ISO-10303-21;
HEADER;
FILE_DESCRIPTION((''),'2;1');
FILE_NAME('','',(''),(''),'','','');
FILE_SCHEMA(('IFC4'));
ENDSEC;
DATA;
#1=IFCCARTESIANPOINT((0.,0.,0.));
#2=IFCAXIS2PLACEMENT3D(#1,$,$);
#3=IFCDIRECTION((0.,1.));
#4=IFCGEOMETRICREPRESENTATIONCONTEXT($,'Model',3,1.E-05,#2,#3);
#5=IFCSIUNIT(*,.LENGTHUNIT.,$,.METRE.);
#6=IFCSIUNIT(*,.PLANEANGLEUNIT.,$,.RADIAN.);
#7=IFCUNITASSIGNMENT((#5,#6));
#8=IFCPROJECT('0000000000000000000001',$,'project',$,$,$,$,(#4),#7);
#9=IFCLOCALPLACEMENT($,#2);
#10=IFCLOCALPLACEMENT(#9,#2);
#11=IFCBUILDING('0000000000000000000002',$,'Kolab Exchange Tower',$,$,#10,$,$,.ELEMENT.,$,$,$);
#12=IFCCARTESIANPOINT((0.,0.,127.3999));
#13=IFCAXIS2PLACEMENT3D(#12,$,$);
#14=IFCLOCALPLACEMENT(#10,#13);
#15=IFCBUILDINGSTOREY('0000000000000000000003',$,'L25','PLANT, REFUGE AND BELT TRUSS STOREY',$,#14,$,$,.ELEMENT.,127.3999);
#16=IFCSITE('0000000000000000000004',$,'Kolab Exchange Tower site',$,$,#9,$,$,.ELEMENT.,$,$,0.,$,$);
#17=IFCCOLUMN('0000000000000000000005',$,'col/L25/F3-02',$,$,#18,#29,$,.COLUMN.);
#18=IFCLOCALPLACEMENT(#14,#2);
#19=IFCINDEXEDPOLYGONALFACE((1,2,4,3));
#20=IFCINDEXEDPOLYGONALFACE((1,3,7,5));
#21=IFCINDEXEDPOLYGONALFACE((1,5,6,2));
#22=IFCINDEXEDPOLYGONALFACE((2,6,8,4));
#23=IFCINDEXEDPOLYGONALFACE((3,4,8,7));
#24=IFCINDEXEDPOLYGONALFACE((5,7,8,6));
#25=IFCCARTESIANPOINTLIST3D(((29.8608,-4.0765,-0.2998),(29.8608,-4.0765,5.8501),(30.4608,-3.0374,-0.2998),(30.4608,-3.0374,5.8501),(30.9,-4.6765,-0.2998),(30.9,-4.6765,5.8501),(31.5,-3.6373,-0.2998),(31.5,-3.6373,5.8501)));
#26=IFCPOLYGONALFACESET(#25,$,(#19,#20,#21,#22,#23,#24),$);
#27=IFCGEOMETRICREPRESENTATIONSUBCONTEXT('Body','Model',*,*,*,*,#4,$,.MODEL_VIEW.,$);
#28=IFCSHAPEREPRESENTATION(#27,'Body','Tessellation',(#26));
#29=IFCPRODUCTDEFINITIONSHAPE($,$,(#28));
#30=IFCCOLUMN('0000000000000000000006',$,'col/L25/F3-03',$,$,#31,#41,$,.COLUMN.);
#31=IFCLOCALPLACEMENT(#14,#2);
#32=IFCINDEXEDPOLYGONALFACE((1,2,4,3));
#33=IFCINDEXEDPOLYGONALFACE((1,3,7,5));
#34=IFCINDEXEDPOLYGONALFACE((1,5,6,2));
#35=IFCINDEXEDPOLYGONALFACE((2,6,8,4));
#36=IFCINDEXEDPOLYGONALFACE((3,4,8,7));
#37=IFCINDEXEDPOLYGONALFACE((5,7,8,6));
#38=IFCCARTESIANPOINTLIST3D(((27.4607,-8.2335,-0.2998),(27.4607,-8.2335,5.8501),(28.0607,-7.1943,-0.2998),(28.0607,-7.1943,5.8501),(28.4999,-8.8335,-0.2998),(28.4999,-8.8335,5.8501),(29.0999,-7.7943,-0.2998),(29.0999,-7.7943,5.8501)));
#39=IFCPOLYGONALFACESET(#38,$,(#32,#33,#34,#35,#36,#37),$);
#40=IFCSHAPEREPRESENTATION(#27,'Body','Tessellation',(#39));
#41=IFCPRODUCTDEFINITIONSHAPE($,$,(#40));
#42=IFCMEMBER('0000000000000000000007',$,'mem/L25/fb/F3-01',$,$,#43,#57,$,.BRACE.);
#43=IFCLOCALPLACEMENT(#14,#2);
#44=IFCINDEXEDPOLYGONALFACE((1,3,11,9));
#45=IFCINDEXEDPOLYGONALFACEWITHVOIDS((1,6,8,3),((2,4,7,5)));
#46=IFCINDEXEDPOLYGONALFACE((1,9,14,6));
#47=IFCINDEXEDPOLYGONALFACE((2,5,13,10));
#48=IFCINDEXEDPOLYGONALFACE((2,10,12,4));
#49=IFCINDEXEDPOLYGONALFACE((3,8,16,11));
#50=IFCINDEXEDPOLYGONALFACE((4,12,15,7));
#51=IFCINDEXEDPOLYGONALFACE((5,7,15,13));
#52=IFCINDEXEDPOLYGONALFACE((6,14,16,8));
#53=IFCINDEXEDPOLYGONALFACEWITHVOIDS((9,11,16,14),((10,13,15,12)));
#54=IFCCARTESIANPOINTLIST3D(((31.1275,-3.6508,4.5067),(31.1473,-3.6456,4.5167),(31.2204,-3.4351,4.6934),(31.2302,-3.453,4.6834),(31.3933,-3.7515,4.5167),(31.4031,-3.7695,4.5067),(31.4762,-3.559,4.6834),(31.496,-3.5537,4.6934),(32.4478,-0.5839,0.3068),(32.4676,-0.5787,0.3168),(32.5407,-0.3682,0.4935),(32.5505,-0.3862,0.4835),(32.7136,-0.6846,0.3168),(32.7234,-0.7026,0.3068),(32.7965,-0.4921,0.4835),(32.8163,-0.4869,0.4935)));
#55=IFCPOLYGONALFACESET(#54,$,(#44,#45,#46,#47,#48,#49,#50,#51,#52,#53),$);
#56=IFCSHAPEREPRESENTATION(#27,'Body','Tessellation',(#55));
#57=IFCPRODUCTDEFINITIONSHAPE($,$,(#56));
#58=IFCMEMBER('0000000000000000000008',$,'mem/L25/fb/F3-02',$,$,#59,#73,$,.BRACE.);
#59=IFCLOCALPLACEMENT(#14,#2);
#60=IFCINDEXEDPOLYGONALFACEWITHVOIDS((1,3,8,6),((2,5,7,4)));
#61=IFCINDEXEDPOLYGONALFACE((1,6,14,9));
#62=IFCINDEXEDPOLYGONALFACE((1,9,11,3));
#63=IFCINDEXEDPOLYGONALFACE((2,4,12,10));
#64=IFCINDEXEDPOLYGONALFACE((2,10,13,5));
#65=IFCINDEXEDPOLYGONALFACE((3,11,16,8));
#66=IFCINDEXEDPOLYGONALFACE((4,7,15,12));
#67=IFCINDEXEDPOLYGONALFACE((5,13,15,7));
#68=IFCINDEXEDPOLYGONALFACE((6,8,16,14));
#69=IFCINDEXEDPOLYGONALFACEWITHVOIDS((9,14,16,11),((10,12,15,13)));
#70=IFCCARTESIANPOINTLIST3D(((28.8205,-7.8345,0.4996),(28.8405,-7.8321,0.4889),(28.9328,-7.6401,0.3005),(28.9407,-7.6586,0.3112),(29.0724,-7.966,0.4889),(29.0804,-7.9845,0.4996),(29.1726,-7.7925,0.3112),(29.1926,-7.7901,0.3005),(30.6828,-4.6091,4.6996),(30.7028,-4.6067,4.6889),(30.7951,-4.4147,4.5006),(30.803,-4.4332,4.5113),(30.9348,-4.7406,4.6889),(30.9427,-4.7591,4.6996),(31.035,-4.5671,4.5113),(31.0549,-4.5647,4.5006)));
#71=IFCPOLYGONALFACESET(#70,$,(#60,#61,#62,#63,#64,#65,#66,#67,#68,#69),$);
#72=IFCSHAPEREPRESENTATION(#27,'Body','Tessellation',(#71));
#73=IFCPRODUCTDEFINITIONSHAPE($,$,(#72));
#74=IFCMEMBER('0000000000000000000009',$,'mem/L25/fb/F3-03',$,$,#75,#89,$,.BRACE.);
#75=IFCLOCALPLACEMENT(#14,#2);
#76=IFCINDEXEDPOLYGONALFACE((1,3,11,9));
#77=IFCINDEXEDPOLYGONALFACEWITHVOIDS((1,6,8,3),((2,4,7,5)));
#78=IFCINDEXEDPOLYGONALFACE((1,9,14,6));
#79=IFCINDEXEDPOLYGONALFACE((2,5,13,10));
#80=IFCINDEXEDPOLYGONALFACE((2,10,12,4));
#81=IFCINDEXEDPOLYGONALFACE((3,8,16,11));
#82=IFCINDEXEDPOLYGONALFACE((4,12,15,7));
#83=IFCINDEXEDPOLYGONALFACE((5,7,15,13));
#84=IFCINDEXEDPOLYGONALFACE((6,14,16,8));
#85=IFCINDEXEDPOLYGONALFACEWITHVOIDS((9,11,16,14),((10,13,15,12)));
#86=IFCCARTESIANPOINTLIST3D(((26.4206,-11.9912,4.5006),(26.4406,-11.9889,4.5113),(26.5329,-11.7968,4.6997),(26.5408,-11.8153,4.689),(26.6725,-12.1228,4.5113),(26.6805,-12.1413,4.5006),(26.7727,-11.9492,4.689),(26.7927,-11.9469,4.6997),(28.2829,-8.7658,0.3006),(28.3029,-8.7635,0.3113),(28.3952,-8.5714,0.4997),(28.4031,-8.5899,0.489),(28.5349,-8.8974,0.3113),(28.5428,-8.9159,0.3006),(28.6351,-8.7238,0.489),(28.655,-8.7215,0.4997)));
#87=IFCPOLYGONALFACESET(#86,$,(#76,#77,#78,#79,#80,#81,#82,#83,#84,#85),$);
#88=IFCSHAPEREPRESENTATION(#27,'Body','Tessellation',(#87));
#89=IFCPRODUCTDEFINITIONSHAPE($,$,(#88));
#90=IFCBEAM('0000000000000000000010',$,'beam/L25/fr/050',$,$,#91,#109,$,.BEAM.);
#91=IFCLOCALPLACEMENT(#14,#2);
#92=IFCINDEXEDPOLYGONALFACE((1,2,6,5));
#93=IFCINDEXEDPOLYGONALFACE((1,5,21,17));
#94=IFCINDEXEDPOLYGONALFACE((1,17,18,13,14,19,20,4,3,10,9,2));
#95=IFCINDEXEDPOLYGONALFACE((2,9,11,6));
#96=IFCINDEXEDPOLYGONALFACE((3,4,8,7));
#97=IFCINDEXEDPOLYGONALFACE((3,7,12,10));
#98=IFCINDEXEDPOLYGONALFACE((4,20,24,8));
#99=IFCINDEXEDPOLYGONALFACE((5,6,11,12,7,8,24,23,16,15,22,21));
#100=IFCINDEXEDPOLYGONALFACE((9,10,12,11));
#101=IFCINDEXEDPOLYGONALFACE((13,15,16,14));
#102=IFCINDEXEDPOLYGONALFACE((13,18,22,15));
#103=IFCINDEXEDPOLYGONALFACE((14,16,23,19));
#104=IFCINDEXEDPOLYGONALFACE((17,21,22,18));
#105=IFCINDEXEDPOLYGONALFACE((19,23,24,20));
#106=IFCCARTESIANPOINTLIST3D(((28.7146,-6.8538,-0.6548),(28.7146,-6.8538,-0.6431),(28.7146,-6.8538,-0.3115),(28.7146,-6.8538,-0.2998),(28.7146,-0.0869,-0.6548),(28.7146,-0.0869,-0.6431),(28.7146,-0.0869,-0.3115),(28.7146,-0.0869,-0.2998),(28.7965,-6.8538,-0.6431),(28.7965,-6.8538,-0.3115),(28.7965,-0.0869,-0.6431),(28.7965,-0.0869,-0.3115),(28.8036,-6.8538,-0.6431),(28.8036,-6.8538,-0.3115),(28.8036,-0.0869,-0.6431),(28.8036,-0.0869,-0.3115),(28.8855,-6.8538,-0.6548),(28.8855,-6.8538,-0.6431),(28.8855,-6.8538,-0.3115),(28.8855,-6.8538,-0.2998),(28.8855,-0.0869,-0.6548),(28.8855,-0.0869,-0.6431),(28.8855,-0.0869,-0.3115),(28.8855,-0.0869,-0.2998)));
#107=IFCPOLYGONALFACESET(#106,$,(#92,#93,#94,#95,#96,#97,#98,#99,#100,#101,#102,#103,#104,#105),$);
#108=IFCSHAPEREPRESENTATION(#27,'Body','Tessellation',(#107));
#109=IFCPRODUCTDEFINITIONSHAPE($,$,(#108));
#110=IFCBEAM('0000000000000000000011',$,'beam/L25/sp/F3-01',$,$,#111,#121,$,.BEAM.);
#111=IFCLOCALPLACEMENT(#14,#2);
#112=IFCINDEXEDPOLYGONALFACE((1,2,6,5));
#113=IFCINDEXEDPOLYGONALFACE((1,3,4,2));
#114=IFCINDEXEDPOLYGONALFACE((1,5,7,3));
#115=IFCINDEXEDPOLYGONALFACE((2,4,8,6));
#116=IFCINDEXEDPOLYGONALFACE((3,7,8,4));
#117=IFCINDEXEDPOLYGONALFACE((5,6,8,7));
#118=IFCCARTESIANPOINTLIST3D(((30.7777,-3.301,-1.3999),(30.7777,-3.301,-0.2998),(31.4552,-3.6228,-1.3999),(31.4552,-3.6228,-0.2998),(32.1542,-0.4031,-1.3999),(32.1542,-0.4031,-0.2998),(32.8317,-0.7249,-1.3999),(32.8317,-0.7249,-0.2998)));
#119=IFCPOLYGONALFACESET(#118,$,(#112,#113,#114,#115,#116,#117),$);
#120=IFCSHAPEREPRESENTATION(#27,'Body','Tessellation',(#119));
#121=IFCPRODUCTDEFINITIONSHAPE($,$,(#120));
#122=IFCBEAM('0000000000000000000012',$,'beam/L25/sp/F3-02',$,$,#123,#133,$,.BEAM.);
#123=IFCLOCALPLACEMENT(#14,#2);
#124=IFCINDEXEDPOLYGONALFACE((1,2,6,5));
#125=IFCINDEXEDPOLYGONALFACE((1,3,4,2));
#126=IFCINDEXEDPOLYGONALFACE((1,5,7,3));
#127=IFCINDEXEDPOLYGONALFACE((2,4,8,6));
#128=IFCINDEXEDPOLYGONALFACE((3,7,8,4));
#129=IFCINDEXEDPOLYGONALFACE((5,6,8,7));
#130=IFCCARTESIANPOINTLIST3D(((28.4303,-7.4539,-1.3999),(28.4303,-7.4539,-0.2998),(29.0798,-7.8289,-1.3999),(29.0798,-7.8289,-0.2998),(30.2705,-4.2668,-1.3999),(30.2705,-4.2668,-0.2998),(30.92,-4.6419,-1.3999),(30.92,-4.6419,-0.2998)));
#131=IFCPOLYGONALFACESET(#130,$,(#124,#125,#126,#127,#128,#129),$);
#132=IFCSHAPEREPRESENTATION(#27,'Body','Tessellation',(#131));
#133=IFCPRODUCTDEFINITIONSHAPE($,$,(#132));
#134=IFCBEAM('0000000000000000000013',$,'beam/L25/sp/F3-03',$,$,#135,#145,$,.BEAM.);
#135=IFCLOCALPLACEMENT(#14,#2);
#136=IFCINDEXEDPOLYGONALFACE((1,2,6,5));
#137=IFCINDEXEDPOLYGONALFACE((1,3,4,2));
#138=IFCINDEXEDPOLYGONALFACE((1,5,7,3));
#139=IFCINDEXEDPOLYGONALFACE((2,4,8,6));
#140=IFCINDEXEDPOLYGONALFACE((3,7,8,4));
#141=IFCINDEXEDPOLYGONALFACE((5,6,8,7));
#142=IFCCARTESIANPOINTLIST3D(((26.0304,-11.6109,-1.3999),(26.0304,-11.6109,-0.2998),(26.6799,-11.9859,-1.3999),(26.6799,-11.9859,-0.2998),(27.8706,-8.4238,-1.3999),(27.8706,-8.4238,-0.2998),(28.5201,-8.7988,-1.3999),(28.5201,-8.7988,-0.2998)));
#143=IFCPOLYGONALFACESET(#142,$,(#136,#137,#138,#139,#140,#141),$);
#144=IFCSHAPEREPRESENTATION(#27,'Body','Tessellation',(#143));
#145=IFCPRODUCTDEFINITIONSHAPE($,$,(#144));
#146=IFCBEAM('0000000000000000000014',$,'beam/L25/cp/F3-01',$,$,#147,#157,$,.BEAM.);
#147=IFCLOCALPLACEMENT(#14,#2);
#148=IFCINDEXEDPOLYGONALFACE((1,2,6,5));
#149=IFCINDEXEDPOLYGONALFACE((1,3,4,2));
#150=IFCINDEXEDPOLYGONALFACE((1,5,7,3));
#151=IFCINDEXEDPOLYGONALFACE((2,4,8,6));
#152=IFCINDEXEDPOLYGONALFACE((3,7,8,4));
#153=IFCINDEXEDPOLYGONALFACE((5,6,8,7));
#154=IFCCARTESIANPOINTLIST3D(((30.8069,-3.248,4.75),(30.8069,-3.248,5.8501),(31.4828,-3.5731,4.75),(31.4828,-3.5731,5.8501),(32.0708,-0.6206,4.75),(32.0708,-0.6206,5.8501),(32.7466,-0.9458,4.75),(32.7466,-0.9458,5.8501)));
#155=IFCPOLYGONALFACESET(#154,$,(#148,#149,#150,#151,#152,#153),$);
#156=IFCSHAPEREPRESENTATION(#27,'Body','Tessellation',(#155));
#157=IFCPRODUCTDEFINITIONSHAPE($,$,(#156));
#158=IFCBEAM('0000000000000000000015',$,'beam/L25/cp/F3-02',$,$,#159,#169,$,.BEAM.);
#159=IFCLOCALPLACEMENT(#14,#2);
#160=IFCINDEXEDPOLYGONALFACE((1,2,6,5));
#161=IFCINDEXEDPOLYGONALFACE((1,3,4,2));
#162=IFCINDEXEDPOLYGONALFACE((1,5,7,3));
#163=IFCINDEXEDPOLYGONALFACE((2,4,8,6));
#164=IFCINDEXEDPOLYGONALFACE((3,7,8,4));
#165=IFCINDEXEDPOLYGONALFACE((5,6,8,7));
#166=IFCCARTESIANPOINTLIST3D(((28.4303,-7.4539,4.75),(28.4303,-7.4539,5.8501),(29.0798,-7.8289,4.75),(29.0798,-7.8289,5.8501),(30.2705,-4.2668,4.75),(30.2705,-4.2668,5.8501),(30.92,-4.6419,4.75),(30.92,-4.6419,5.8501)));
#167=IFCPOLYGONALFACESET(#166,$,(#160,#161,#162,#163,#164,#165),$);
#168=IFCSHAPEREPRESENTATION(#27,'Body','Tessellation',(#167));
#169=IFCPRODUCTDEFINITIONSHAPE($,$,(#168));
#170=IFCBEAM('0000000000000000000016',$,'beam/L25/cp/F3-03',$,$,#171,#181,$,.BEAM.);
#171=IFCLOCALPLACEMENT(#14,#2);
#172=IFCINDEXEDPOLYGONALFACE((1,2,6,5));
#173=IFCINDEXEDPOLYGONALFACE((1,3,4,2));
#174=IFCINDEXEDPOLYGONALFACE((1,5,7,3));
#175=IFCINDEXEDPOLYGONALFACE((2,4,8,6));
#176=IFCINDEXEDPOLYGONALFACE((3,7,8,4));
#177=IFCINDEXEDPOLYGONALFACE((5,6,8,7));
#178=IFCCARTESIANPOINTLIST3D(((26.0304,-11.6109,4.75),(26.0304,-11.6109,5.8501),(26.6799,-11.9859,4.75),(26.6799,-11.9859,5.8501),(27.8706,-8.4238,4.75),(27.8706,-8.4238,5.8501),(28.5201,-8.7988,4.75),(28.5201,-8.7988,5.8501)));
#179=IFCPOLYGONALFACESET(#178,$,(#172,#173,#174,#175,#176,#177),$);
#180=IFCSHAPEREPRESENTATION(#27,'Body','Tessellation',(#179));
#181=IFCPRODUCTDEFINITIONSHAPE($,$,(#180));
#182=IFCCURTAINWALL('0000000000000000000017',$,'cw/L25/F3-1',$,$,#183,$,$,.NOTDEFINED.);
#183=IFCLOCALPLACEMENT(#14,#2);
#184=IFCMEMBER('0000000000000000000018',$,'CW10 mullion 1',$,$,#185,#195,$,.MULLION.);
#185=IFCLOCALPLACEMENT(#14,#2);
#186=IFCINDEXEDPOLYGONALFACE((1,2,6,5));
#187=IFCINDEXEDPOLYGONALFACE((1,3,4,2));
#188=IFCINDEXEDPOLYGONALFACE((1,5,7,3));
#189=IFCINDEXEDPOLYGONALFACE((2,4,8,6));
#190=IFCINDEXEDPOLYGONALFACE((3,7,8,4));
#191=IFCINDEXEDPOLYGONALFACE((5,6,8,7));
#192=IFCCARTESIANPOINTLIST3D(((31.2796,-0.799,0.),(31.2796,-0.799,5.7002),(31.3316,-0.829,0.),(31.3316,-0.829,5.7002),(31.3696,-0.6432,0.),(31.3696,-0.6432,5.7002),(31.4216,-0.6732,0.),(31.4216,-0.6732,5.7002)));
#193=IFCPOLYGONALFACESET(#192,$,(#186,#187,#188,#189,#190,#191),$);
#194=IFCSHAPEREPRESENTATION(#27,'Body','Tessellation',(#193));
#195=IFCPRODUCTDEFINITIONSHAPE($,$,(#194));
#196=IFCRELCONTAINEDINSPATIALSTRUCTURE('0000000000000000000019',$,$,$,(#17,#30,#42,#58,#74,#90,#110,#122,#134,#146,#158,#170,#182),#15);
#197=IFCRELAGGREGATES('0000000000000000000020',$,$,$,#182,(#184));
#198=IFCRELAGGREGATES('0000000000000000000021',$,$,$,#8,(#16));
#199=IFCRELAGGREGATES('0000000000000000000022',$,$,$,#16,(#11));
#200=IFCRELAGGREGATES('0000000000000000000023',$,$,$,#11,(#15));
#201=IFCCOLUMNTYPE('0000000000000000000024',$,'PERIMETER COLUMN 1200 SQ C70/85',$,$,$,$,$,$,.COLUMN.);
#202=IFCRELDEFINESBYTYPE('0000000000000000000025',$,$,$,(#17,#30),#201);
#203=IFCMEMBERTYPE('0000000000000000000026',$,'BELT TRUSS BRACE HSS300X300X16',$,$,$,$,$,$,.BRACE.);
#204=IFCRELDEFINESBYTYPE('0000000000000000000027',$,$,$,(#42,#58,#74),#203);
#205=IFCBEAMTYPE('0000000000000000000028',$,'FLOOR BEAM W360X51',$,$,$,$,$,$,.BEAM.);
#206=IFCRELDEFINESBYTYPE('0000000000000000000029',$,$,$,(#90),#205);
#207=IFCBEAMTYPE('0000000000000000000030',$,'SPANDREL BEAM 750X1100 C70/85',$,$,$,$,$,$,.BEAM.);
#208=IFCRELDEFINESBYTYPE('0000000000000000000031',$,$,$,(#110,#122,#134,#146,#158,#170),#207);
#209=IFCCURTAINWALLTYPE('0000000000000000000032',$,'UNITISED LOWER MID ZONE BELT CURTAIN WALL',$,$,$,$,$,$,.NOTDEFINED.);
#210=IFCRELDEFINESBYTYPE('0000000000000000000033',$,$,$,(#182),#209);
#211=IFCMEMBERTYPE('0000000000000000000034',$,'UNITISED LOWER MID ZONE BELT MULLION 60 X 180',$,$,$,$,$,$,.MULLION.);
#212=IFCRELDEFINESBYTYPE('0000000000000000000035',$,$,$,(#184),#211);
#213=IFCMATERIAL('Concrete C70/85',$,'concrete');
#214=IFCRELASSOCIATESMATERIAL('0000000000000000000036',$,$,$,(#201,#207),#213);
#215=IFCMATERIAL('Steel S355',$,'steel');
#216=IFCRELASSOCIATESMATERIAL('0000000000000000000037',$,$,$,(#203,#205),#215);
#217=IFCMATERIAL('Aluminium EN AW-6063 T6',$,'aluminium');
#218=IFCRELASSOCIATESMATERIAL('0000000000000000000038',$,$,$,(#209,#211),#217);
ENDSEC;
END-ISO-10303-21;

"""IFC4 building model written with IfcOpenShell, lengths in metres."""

from ifc_helpers import new_model, si_unit, direction, frame, origin, origin_2d, place, context, subcontext, project, spatial, rectangle, hollow_rectangle, i_section, extrude, material, material_profile, profile_set, type_object, element, aggregate, save


model = new_model("IFC4")

# Units and contexts
model_context = context("Model", 3, precision=1e-05, world=origin(), true_north=direction((0.0, 1.0)))
body_context = subcontext(model_context, "Body", "Model", "MODEL_VIEW")
ifc_project = project(units=[si_unit("LENGTHUNIT", "METRE"), si_unit("PLANEANGLEUNIT", "RADIAN")], contexts=[model_context])

# Site, building, storey
site_placement = place(None, origin())
site = spatial("IfcSite", under=ifc_project, at=site_placement, Name="Kolab Exchange Tower site", CompositionType="ELEMENT", RefElevation=0.0)
building_placement = place(site_placement, origin())
building = spatial("IfcBuilding", under=site, at=building_placement, Name="Kolab Exchange Tower", CompositionType="ELEMENT")
storey_placement = place(building_placement, frame((0.0, 0.0, 127.3999)))
storey = spatial("IfcBuildingStorey", under=building, at=storey_placement, Name="L25", Description="PLANT, REFUGE AND BELT TRUSS STOREY", CompositionType="ELEMENT", Elevation=127.3999)

# Columns
ifc_material_1 = material(Name="Concrete C70/85", Category="concrete")
ifc_material_profile_1 = material_profile(ifc_material_1, rectangle(XDim=1.2, YDim=1.2, at=origin_2d()), Name="RC1200")
ifc_profile_set_1 = profile_set([ifc_material_profile_1], Name="Concrete C70/85")
column_type = type_object("IfcColumnType", Name="PERIMETER COLUMN 1200 SQ C70/85", PredefinedType="COLUMN", material=ifc_profile_set_1)
for number, where, z_axis, x_axis, name in (
    (1, (30.6804, -3.8569, -0.2998), (0.0, 0.0, 1.0), (0.5, 0.866025, 0.0), "col/L25/F3-02"),
    (2, (28.2803, -8.0139, -0.2998), (0.0, 0.0, 1.0), (0.5, 0.866025, 0.0), "col/L25/F3-03"),
):
    element("IfcColumn", number, at=place(storey_placement, frame(where, z_axis=z_axis, x_axis=x_axis)), inside=storey, type_object=column_type, Name=name, PredefinedType="COLUMN", context=body_context, shape_type="SweptSolid", body=[
        extrude(rectangle(XDim=1.2, YDim=1.2, at=origin_2d()), origin(), (0.0, 0.0, 1.0), 6.1499),
    ])

# Members
ifc_material_2 = material(Name="Steel S355", Category="steel")
ifc_material_profile_2 = material_profile(ifc_material_2, hollow_rectangle(XDim=0.3, YDim=0.3, WallThickness=0.0161, at=origin_2d()), Name="HSS300X300X16")
ifc_profile_set_2 = profile_set([ifc_material_profile_2], Name="Steel S355")
member_type_1 = type_object("IfcMemberType", Name="BELT TRUSS BRACE HSS300X300X16", PredefinedType="BRACE", material=ifc_profile_set_2)
member_1_placement = place(storey_placement, frame((32.6321, -0.5354, 0.4001), z_axis=(-0.246074, -0.571595, 0.782769), x_axis=(0.918501, -0.395419, 0.0)))
element("IfcMember", 3, at=member_1_placement, inside=storey, type_object=member_type_1, Name="mem/L25/fb/F3-01", PredefinedType="BRACE", context=body_context, shape_type="SweptSolid", body=[
    extrude(hollow_rectangle(XDim=0.3, YDim=0.3, WallThickness=0.0161, at=origin_2d()), origin(), (0.0, 0.0, 1.0), 5.3655),
])
for number, where, z_axis, x_axis, name in (
    (4, (30.8689, -4.5869, 4.6001), (-0.331759, -0.574576, -0.748197), (0.866008, -0.500031, 0.0), "mem/L25/fb/F3-02"),
    (5, (28.469, -8.7437, 0.4001), (-0.331759, -0.574576, 0.748197), (0.866008, -0.500031, 0.0), "mem/L25/fb/F3-03"),
):
    element("IfcMember", number, at=place(storey_placement, frame(where, z_axis=z_axis, x_axis=x_axis)), inside=storey, type_object=member_type_1, Name=name, PredefinedType="BRACE", context=body_context, shape_type="SweptSolid", body=[
        extrude(hollow_rectangle(XDim=0.3, YDim=0.3, WallThickness=0.0161, at=origin_2d()), origin(), (0.0, 0.0, 1.0), 5.6135),
    ])

# Beams
ifc_material_profile_3 = material_profile(ifc_material_2, i_section(OverallWidth=0.1709, OverallDepth=0.355, WebThickness=0.0071, FlangeThickness=0.0117, at=origin_2d()), Name="W360X51")
ifc_profile_set_3 = profile_set([ifc_material_profile_3], Name="Steel S355")
beam_type_1 = type_object("IfcBeamType", Name="FLOOR BEAM W360X51", PredefinedType="BEAM", material=ifc_profile_set_3)
beam_1_placement = place(storey_placement, frame((28.8, -6.8538, -0.4773), z_axis=(0.0, 1.0, 0.0), x_axis=(-1.0, 0.0, 0.0)))
element("IfcBeam", 6, at=beam_1_placement, inside=storey, type_object=beam_type_1, Name="beam/L25/fr/050", PredefinedType="BEAM", context=body_context, shape_type="SweptSolid", body=[
    extrude(i_section(OverallWidth=0.1709, OverallDepth=0.355, WebThickness=0.0071, FlangeThickness=0.0117, at=origin_2d()), origin(), (0.0, 0.0, 1.0), 6.7668),
])
ifc_material_profile_4 = material_profile(ifc_material_1, rectangle(XDim=0.75, YDim=1.1001, at=origin_2d()), Name="RC750X1100")
ifc_profile_set_4 = profile_set([ifc_material_profile_4], Name="Concrete C70/85")
beam_type_2 = type_object("IfcBeamType", Name="SPANDREL BEAM 750X1100 C70/85", PredefinedType="BEAM", material=ifc_profile_set_4)
beam_2_placement = place(storey_placement, frame((32.4929, -0.564, -0.8499), z_axis=(-0.429041, -0.903285, 0.0), x_axis=(0.903285, -0.429041, 0.0)))
element("IfcBeam", 7, at=beam_2_placement, inside=storey, type_object=beam_type_2, Name="beam/L25/sp/F3-01", PredefinedType="BEAM", context=body_context, shape_type="SweptSolid", body=[
    extrude(rectangle(XDim=0.75, YDim=1.1001, at=origin_2d()), origin(), (0.0, 0.0, 1.0), 3.2083),
])
for number, where, z_axis, x_axis, name in (
    (8, (30.5952, -4.4543, -0.8499), (-0.500013, -0.866018, 0.0), (0.866018, -0.500013, 0.0), "beam/L25/sp/F3-02"),
    (9, (28.1953, -8.6113, -0.8499), (-0.500013, -0.866018, 0.0), (0.866018, -0.500013, 0.0), "beam/L25/sp/F3-03"),
):
    element("IfcBeam", number, at=place(storey_placement, frame(where, z_axis=z_axis, x_axis=x_axis)), inside=storey, type_object=beam_type_2, Name=name, PredefinedType="BEAM", context=body_context, shape_type="SweptSolid", body=[
        extrude(rectangle(XDim=0.75, YDim=1.1001, at=origin_2d()), origin(), (0.0, 0.0, 1.0), 3.6802),
    ])
beam_3_placement = place(storey_placement, frame((32.4087, -0.7832, 5.3), z_axis=(-0.433496, -0.901156, 0.0), x_axis=(0.901156, -0.433496, 0.0)))
element("IfcBeam", 10, at=beam_3_placement, inside=storey, type_object=beam_type_2, Name="beam/L25/cp/F3-01", PredefinedType="BEAM", context=body_context, shape_type="SweptSolid", body=[
    extrude(rectangle(XDim=0.75, YDim=1.1001, at=origin_2d()), origin(), (0.0, 0.0, 1.0), 2.9155),
])
for number, where, z_axis, x_axis, name in (
    (11, (30.5952, -4.4543, 5.3), (-0.500013, -0.866018, 0.0), (0.866018, -0.500013, 0.0), "beam/L25/cp/F3-02"),
    (12, (28.1953, -8.6113, 5.3), (-0.500013, -0.866018, 0.0), (0.866018, -0.500013, 0.0), "beam/L25/cp/F3-03"),
):
    element("IfcBeam", number, at=place(storey_placement, frame(where, z_axis=z_axis, x_axis=x_axis)), inside=storey, type_object=beam_type_2, Name=name, PredefinedType="BEAM", context=body_context, shape_type="SweptSolid", body=[
        extrude(rectangle(XDim=0.75, YDim=1.1001, at=origin_2d()), origin(), (0.0, 0.0, 1.0), 3.6802),
    ])

# Curtain wall, member
ifc_material_3 = material(Name="Aluminium EN AW-6063 T6", Category="aluminium")
curtain_wall_type = type_object("IfcCurtainWallType", Name="UNITISED LOWER MID ZONE BELT CURTAIN WALL", PredefinedType="NOTDEFINED", material=ifc_material_3)
curtain_wall_1_placement = place(storey_placement, origin())
curtain_wall_1 = element("IfcCurtainWall", 13, at=curtain_wall_1_placement, inside=storey, type_object=curtain_wall_type, Name="cw/L25/F3-1", PredefinedType="NOTDEFINED")
ifc_material_profile_5 = material_profile(ifc_material_3, rectangle(XDim=0.0601, YDim=0.1799, at=origin_2d()), Name="RECT 60X180")
ifc_profile_set_5 = profile_set([ifc_material_profile_5], Name="Aluminium EN AW-6063 T6")
member_type_2 = type_object("IfcMemberType", Name="UNITISED LOWER MID ZONE BELT MULLION 60 X 180", PredefinedType="MULLION", material=ifc_profile_set_5)
member_2_placement = place(storey_placement, frame((31.3506, -0.7361, 0.0), z_axis=(0.0, 0.0, 1.0), x_axis=(0.866025, -0.5, 0.0)))
member_2 = element("IfcMember", 14, at=member_2_placement, type_object=member_type_2, Name="CW10 mullion 1", PredefinedType="MULLION", context=body_context, shape_type="SweptSolid", body=[
    extrude(rectangle(XDim=0.0601, YDim=0.1799, at=origin_2d()), origin(), (0.0, 0.0, 1.0), 5.7002),
])

aggregate(curtain_wall_1, [member_2])

save(model, "model.ifc")
